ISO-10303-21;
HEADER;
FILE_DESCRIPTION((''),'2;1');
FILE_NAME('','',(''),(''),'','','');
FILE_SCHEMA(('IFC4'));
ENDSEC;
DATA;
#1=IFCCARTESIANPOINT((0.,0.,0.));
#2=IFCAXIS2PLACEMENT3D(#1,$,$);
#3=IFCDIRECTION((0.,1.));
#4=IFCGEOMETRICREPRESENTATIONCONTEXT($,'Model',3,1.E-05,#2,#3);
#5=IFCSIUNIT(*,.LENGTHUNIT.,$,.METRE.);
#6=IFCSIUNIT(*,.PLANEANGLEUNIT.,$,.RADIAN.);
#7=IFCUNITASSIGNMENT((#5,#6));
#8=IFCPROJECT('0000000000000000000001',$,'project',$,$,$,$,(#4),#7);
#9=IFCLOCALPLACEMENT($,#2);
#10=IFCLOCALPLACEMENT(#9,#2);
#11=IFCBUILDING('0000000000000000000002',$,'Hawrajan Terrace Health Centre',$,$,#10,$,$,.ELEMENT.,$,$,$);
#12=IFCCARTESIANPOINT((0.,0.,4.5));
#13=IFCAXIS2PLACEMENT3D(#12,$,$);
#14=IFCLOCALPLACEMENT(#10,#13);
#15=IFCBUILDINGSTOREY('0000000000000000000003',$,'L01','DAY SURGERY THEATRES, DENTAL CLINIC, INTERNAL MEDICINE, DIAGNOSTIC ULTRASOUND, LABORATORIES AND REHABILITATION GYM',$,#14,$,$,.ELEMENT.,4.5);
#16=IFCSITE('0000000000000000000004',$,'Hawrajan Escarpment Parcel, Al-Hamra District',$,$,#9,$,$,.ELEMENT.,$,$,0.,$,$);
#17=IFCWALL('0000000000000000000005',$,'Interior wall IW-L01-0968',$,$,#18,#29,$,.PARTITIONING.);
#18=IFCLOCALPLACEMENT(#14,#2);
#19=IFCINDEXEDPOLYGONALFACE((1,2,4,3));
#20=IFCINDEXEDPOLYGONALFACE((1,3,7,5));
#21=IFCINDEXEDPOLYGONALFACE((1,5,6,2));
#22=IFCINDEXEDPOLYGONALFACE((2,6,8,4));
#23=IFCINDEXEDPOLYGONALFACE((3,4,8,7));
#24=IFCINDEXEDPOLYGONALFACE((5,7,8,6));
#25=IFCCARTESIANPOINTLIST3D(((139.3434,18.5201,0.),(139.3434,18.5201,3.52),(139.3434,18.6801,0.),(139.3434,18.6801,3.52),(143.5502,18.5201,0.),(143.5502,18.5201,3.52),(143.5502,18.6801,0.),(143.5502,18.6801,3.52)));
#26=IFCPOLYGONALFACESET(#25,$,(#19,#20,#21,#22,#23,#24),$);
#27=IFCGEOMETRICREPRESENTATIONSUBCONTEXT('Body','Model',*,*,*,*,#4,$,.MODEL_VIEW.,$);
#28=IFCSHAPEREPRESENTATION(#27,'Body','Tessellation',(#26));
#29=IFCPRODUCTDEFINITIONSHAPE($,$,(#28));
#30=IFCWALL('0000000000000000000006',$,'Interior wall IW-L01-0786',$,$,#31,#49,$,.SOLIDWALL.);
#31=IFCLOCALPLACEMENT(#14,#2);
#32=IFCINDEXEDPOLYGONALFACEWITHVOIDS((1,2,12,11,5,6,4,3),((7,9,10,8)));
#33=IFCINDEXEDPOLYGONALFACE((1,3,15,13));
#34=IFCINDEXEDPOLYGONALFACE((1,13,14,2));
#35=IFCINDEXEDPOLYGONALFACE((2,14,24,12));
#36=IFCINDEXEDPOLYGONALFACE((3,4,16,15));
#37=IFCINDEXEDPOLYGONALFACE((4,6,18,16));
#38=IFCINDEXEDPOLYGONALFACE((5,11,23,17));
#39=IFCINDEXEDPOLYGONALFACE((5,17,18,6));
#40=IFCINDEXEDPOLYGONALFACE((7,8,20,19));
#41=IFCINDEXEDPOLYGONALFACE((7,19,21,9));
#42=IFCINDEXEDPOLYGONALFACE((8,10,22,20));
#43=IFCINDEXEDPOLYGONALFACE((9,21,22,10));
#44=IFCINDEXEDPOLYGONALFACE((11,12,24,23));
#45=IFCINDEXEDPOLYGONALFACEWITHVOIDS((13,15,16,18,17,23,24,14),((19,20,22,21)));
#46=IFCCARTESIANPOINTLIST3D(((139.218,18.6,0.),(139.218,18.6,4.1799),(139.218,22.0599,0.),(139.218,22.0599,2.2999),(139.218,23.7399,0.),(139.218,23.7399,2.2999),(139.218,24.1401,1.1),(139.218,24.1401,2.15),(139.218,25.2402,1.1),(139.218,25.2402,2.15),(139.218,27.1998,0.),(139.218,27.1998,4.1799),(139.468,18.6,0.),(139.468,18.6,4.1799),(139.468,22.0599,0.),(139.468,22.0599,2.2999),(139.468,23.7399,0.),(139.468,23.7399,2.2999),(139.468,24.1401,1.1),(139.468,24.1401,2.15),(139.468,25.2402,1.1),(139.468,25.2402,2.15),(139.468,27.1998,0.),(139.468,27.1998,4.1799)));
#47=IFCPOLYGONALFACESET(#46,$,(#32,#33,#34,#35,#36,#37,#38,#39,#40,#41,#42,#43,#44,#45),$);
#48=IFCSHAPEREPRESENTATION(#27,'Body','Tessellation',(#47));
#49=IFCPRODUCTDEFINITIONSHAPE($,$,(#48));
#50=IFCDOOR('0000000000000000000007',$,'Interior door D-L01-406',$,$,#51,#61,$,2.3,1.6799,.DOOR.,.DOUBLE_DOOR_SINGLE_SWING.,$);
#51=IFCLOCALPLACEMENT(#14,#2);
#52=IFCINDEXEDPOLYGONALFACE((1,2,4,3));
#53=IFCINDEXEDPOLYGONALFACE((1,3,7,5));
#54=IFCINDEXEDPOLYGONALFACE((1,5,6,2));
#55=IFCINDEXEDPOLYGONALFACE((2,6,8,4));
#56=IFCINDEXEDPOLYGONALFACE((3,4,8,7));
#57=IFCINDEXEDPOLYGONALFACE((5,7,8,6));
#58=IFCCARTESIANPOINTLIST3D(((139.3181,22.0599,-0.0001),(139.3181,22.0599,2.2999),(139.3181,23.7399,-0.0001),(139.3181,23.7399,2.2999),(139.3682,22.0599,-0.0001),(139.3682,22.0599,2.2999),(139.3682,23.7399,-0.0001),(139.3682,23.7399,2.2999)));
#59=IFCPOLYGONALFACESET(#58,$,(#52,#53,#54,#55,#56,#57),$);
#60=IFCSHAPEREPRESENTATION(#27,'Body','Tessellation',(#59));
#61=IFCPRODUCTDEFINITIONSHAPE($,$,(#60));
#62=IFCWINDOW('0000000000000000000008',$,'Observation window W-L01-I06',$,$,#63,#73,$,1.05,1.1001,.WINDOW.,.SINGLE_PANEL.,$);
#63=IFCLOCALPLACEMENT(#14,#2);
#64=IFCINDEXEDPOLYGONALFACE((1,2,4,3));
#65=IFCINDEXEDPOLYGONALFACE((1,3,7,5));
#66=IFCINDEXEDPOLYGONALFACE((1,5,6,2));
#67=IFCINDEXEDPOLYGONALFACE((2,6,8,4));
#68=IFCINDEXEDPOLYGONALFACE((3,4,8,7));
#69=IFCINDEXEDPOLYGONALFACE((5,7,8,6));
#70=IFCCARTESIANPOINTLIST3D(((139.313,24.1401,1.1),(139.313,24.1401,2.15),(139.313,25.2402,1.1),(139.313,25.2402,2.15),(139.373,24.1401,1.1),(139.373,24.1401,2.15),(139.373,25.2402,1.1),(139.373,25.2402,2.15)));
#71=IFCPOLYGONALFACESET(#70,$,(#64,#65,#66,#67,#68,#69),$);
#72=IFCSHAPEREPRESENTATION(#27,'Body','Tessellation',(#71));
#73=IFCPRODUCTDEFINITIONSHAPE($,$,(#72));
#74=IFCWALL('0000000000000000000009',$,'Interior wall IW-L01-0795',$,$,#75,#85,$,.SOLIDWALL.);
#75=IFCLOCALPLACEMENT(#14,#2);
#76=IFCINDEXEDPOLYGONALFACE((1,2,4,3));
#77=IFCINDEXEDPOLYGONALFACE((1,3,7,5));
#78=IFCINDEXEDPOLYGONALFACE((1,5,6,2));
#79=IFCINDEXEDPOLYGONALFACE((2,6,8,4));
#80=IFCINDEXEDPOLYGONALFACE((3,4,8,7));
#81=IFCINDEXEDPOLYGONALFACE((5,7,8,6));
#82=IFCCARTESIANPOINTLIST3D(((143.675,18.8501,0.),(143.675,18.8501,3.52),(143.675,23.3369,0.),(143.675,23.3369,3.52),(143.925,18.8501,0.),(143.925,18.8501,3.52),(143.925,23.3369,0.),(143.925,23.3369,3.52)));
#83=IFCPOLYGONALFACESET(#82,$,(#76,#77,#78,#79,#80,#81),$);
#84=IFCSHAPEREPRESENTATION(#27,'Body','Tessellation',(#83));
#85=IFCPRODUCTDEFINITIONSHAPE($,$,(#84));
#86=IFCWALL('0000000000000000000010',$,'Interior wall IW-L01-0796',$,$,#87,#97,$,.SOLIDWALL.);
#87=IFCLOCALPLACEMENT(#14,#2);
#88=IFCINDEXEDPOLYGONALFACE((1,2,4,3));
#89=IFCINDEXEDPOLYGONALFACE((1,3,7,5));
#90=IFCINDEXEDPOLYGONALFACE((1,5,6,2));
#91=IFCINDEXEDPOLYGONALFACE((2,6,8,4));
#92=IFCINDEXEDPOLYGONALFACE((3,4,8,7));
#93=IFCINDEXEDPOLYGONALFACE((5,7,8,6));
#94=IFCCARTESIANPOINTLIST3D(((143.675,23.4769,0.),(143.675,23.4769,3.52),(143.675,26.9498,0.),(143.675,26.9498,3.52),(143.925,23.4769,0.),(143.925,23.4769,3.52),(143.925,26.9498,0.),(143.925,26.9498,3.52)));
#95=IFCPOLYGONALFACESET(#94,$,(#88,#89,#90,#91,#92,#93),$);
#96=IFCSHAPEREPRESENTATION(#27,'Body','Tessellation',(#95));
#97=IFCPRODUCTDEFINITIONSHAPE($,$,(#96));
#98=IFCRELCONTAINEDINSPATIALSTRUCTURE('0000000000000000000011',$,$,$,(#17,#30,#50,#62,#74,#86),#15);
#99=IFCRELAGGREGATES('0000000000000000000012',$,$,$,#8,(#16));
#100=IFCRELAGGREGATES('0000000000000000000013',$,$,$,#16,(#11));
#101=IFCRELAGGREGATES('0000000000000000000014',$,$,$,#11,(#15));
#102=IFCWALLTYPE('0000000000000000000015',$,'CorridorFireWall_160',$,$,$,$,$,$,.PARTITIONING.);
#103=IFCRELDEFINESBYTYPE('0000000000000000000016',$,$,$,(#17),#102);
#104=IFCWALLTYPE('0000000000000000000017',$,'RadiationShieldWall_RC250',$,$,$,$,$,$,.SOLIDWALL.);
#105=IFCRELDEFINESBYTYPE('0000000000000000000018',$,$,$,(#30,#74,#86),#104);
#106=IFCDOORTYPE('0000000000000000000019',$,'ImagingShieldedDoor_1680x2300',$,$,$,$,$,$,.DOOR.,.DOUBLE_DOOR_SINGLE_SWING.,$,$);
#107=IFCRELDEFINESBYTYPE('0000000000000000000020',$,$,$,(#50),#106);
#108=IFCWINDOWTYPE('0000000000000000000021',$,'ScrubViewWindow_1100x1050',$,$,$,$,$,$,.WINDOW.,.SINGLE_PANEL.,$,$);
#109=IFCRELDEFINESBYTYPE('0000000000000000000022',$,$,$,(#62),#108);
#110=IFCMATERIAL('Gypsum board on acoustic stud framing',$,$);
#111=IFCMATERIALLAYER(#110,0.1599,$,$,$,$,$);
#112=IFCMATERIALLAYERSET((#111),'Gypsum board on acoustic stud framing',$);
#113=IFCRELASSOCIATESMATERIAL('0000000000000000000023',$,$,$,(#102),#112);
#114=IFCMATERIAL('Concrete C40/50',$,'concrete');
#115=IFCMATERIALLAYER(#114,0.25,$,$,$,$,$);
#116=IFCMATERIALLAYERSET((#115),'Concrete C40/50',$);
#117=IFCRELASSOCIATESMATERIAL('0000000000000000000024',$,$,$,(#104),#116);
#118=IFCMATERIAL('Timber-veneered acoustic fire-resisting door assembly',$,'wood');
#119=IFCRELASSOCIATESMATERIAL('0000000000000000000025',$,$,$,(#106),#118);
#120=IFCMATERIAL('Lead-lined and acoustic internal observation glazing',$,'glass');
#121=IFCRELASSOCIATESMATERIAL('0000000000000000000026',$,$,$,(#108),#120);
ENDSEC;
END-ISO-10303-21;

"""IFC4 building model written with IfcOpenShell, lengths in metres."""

from ifc_helpers import new_model, si_unit, direction, frame, frame_2d, origin, place, context, subcontext, project, spatial, rectangle, extrude, material, layer, layer_set, type_object, element, fill, save


model = new_model("IFC4")

# Units and contexts
model_context = context("Model", 3, precision=1e-05, world=origin(), true_north=direction((0.0, 1.0)))
body_context = subcontext(model_context, "Body", "Model", "MODEL_VIEW")
ifc_project = project(units=[si_unit("LENGTHUNIT", "METRE"), si_unit("PLANEANGLEUNIT", "RADIAN")], contexts=[model_context])

# Site, building, storey
site_placement = place(None, origin())
site = spatial("IfcSite", under=ifc_project, at=site_placement, Name="Hawrajan Escarpment Parcel, Al-Hamra District", CompositionType="ELEMENT", RefElevation=0.0)
building_placement = place(site_placement, origin())
building = spatial("IfcBuilding", under=site, at=building_placement, Name="Hawrajan Terrace Health Centre", CompositionType="ELEMENT")
storey_placement = place(building_placement, frame((0.0, 0.0, 4.5)))
storey = spatial("IfcBuildingStorey", under=building, at=storey_placement, Name="L01", Description="DAY SURGERY THEATRES, DENTAL CLINIC, INTERNAL MEDICINE, DIAGNOSTIC ULTRASOUND, LABORATORIES AND REHABILITATION GYM", CompositionType="ELEMENT", Elevation=4.5)

# Shared definitions
ifc_material_1 = material(Name="Concrete C40/50", Category="concrete")

# Wall
ifc_material_2 = material(Name="Gypsum board on acoustic stud framing")
ifc_layer_1 = layer(ifc_material_2, 0.1599)
ifc_layer_set_1 = layer_set([ifc_layer_1], Name="Gypsum board on acoustic stud framing")
wall_type_1 = type_object("IfcWallType", Name="CorridorFireWall_160", PredefinedType="PARTITIONING", material=ifc_layer_set_1)
wall_1_placement = place(storey_placement, frame((139.3433, 18.6001, 0.0), z_axis=(0.0, 0.0, 1.0), x_axis=(1.0, 0.0, 0.0)))
element("IfcWall", 1, at=wall_1_placement, inside=storey, type_object=wall_type_1, Name="Interior wall IW-L01-0968", PredefinedType="PARTITIONING", context=body_context, shape_type="SweptSolid", body=[
    extrude(rectangle(XDim=4.2068, YDim=0.1599, at=frame_2d((2.1035, 0.0))), origin(), (0.0, 0.0, 1.0), 3.52),
])

# Wall, openings, door, window
ifc_layer_2 = layer(ifc_material_1, 0.25)
ifc_layer_set_2 = layer_set([ifc_layer_2], Name="Concrete C40/50")
wall_type_2 = type_object("IfcWallType", Name="RadiationShieldWall_RC250", PredefinedType="SOLIDWALL", material=ifc_layer_set_2)
wall_2_placement = place(storey_placement, frame((139.343, 18.6001, 0.0), z_axis=(0.0, 0.0, 1.0), x_axis=(0.0, 1.0, 0.0)))
wall_2 = element("IfcWall", 2, at=wall_2_placement, inside=storey, type_object=wall_type_2, Name="Interior wall IW-L01-0786", PredefinedType="SOLIDWALL", context=body_context, shape_type="SweptSolid", body=[
    extrude(rectangle(XDim=8.5999, YDim=0.25, at=frame_2d((4.2998, 0.0))), origin(), (0.0, 0.0, 1.0), 4.1799),
])
opening_1_placement = place(wall_2_placement, frame((3.46, 0.0, 0.0)))
opening_1 = element("IfcOpeningElement", 3, at=opening_1_placement, cuts=wall_2, PredefinedType="OPENING", context=body_context, shape_type="SweptSolid", body=[
    extrude(rectangle(XDim=1.6799, YDim=2.3, at=frame_2d((0.8398, 1.1499))), frame((0.0, 0.135, 0.0), z_axis=(0.0, -1.0, 0.0), x_axis=(1.0, 0.0, 0.0)), (0.0, 0.0, 1.0), 0.27),
])
opening_2_placement = place(wall_2_placement, frame((5.54, 0.0, 1.1001)))
opening_2 = element("IfcOpeningElement", 4, at=opening_2_placement, cuts=wall_2, PredefinedType="OPENING", context=body_context, shape_type="SweptSolid", body=[
    extrude(rectangle(XDim=1.1001, YDim=1.05, at=frame_2d((0.55, 0.5249))), frame((0.0, 0.135, 0.0), z_axis=(0.0, -1.0, 0.0), x_axis=(1.0, 0.0, 0.0)), (0.0, 0.0, 1.0), 0.27),
])
ifc_material_3 = material(Name="Timber-veneered acoustic fire-resisting door assembly", Category="wood")
door_type = type_object("IfcDoorType", Name="ImagingShieldedDoor_1680x2300", OperationType="DOUBLE_DOOR_SINGLE_SWING", PredefinedType="DOOR", material=ifc_material_3)
door_placement = place(opening_1_placement, origin())
door = element("IfcDoor", 5, at=door_placement, inside=storey, type_object=door_type, Name="Interior door D-L01-406", OperationType="DOUBLE_DOOR_SINGLE_SWING", OverallHeight=2.3, OverallWidth=1.6799, PredefinedType="DOOR", context=body_context, shape_type="SweptSolid", body=[
    extrude(rectangle(XDim=1.6799, YDim=2.3, at=frame_2d((0.8398, 1.1499))), frame((0.0, 0.0249, 0.0), z_axis=(0.0, -1.0, 0.0), x_axis=(1.0, 0.0, 0.0)), (0.0, 0.0, 1.0), 0.05),
])
fill(opening_1, door)
ifc_material_4 = material(Name="Lead-lined and acoustic internal observation glazing", Category="glass")
window_type = type_object("IfcWindowType", Name="ScrubViewWindow_1100x1050", PartitioningType="SINGLE_PANEL", PredefinedType="WINDOW", material=ifc_material_4)
window_placement = place(opening_2_placement, origin())
window = element("IfcWindow", 6, at=window_placement, inside=storey, type_object=window_type, Name="Observation window W-L01-I06", OverallHeight=1.05, OverallWidth=1.1001, PartitioningType="SINGLE_PANEL", PredefinedType="WINDOW", context=body_context, shape_type="SweptSolid", body=[
    extrude(rectangle(XDim=1.1001, YDim=1.05, at=frame_2d((0.55, 0.5249))), frame((0.0, 0.03, 0.0), z_axis=(0.0, -1.0, 0.0), x_axis=(1.0, 0.0, 0.0)), (0.0, 0.0, 1.0), 0.0601),
])
fill(opening_2, window)

# Walls
wall_3_placement = place(storey_placement, frame((143.8, 18.8501, 0.0), z_axis=(0.0, 0.0, 1.0), x_axis=(0.0, 1.0, 0.0)))
element("IfcWall", 7, at=wall_3_placement, inside=storey, type_object=wall_type_2, Name="Interior wall IW-L01-0795", PredefinedType="SOLIDWALL", context=body_context, shape_type="SweptSolid", body=[
    extrude(rectangle(XDim=4.4868, YDim=0.25, at=frame_2d((2.2434, 0.0))), origin(), (0.0, 0.0, 1.0), 3.52),
])
wall_4_placement = place(storey_placement, frame((143.8, 23.4771, 0.0), z_axis=(0.0, 0.0, 1.0), x_axis=(0.0, 1.0, 0.0)))
element("IfcWall", 8, at=wall_4_placement, inside=storey, type_object=wall_type_2, Name="Interior wall IW-L01-0796", PredefinedType="SOLIDWALL", context=body_context, shape_type="SweptSolid", body=[
    extrude(rectangle(XDim=3.4729, YDim=0.25, at=frame_2d((1.7363, 0.0))), origin(), (0.0, 0.0, 1.0), 3.52),
])

save(model, "model.ifc")
